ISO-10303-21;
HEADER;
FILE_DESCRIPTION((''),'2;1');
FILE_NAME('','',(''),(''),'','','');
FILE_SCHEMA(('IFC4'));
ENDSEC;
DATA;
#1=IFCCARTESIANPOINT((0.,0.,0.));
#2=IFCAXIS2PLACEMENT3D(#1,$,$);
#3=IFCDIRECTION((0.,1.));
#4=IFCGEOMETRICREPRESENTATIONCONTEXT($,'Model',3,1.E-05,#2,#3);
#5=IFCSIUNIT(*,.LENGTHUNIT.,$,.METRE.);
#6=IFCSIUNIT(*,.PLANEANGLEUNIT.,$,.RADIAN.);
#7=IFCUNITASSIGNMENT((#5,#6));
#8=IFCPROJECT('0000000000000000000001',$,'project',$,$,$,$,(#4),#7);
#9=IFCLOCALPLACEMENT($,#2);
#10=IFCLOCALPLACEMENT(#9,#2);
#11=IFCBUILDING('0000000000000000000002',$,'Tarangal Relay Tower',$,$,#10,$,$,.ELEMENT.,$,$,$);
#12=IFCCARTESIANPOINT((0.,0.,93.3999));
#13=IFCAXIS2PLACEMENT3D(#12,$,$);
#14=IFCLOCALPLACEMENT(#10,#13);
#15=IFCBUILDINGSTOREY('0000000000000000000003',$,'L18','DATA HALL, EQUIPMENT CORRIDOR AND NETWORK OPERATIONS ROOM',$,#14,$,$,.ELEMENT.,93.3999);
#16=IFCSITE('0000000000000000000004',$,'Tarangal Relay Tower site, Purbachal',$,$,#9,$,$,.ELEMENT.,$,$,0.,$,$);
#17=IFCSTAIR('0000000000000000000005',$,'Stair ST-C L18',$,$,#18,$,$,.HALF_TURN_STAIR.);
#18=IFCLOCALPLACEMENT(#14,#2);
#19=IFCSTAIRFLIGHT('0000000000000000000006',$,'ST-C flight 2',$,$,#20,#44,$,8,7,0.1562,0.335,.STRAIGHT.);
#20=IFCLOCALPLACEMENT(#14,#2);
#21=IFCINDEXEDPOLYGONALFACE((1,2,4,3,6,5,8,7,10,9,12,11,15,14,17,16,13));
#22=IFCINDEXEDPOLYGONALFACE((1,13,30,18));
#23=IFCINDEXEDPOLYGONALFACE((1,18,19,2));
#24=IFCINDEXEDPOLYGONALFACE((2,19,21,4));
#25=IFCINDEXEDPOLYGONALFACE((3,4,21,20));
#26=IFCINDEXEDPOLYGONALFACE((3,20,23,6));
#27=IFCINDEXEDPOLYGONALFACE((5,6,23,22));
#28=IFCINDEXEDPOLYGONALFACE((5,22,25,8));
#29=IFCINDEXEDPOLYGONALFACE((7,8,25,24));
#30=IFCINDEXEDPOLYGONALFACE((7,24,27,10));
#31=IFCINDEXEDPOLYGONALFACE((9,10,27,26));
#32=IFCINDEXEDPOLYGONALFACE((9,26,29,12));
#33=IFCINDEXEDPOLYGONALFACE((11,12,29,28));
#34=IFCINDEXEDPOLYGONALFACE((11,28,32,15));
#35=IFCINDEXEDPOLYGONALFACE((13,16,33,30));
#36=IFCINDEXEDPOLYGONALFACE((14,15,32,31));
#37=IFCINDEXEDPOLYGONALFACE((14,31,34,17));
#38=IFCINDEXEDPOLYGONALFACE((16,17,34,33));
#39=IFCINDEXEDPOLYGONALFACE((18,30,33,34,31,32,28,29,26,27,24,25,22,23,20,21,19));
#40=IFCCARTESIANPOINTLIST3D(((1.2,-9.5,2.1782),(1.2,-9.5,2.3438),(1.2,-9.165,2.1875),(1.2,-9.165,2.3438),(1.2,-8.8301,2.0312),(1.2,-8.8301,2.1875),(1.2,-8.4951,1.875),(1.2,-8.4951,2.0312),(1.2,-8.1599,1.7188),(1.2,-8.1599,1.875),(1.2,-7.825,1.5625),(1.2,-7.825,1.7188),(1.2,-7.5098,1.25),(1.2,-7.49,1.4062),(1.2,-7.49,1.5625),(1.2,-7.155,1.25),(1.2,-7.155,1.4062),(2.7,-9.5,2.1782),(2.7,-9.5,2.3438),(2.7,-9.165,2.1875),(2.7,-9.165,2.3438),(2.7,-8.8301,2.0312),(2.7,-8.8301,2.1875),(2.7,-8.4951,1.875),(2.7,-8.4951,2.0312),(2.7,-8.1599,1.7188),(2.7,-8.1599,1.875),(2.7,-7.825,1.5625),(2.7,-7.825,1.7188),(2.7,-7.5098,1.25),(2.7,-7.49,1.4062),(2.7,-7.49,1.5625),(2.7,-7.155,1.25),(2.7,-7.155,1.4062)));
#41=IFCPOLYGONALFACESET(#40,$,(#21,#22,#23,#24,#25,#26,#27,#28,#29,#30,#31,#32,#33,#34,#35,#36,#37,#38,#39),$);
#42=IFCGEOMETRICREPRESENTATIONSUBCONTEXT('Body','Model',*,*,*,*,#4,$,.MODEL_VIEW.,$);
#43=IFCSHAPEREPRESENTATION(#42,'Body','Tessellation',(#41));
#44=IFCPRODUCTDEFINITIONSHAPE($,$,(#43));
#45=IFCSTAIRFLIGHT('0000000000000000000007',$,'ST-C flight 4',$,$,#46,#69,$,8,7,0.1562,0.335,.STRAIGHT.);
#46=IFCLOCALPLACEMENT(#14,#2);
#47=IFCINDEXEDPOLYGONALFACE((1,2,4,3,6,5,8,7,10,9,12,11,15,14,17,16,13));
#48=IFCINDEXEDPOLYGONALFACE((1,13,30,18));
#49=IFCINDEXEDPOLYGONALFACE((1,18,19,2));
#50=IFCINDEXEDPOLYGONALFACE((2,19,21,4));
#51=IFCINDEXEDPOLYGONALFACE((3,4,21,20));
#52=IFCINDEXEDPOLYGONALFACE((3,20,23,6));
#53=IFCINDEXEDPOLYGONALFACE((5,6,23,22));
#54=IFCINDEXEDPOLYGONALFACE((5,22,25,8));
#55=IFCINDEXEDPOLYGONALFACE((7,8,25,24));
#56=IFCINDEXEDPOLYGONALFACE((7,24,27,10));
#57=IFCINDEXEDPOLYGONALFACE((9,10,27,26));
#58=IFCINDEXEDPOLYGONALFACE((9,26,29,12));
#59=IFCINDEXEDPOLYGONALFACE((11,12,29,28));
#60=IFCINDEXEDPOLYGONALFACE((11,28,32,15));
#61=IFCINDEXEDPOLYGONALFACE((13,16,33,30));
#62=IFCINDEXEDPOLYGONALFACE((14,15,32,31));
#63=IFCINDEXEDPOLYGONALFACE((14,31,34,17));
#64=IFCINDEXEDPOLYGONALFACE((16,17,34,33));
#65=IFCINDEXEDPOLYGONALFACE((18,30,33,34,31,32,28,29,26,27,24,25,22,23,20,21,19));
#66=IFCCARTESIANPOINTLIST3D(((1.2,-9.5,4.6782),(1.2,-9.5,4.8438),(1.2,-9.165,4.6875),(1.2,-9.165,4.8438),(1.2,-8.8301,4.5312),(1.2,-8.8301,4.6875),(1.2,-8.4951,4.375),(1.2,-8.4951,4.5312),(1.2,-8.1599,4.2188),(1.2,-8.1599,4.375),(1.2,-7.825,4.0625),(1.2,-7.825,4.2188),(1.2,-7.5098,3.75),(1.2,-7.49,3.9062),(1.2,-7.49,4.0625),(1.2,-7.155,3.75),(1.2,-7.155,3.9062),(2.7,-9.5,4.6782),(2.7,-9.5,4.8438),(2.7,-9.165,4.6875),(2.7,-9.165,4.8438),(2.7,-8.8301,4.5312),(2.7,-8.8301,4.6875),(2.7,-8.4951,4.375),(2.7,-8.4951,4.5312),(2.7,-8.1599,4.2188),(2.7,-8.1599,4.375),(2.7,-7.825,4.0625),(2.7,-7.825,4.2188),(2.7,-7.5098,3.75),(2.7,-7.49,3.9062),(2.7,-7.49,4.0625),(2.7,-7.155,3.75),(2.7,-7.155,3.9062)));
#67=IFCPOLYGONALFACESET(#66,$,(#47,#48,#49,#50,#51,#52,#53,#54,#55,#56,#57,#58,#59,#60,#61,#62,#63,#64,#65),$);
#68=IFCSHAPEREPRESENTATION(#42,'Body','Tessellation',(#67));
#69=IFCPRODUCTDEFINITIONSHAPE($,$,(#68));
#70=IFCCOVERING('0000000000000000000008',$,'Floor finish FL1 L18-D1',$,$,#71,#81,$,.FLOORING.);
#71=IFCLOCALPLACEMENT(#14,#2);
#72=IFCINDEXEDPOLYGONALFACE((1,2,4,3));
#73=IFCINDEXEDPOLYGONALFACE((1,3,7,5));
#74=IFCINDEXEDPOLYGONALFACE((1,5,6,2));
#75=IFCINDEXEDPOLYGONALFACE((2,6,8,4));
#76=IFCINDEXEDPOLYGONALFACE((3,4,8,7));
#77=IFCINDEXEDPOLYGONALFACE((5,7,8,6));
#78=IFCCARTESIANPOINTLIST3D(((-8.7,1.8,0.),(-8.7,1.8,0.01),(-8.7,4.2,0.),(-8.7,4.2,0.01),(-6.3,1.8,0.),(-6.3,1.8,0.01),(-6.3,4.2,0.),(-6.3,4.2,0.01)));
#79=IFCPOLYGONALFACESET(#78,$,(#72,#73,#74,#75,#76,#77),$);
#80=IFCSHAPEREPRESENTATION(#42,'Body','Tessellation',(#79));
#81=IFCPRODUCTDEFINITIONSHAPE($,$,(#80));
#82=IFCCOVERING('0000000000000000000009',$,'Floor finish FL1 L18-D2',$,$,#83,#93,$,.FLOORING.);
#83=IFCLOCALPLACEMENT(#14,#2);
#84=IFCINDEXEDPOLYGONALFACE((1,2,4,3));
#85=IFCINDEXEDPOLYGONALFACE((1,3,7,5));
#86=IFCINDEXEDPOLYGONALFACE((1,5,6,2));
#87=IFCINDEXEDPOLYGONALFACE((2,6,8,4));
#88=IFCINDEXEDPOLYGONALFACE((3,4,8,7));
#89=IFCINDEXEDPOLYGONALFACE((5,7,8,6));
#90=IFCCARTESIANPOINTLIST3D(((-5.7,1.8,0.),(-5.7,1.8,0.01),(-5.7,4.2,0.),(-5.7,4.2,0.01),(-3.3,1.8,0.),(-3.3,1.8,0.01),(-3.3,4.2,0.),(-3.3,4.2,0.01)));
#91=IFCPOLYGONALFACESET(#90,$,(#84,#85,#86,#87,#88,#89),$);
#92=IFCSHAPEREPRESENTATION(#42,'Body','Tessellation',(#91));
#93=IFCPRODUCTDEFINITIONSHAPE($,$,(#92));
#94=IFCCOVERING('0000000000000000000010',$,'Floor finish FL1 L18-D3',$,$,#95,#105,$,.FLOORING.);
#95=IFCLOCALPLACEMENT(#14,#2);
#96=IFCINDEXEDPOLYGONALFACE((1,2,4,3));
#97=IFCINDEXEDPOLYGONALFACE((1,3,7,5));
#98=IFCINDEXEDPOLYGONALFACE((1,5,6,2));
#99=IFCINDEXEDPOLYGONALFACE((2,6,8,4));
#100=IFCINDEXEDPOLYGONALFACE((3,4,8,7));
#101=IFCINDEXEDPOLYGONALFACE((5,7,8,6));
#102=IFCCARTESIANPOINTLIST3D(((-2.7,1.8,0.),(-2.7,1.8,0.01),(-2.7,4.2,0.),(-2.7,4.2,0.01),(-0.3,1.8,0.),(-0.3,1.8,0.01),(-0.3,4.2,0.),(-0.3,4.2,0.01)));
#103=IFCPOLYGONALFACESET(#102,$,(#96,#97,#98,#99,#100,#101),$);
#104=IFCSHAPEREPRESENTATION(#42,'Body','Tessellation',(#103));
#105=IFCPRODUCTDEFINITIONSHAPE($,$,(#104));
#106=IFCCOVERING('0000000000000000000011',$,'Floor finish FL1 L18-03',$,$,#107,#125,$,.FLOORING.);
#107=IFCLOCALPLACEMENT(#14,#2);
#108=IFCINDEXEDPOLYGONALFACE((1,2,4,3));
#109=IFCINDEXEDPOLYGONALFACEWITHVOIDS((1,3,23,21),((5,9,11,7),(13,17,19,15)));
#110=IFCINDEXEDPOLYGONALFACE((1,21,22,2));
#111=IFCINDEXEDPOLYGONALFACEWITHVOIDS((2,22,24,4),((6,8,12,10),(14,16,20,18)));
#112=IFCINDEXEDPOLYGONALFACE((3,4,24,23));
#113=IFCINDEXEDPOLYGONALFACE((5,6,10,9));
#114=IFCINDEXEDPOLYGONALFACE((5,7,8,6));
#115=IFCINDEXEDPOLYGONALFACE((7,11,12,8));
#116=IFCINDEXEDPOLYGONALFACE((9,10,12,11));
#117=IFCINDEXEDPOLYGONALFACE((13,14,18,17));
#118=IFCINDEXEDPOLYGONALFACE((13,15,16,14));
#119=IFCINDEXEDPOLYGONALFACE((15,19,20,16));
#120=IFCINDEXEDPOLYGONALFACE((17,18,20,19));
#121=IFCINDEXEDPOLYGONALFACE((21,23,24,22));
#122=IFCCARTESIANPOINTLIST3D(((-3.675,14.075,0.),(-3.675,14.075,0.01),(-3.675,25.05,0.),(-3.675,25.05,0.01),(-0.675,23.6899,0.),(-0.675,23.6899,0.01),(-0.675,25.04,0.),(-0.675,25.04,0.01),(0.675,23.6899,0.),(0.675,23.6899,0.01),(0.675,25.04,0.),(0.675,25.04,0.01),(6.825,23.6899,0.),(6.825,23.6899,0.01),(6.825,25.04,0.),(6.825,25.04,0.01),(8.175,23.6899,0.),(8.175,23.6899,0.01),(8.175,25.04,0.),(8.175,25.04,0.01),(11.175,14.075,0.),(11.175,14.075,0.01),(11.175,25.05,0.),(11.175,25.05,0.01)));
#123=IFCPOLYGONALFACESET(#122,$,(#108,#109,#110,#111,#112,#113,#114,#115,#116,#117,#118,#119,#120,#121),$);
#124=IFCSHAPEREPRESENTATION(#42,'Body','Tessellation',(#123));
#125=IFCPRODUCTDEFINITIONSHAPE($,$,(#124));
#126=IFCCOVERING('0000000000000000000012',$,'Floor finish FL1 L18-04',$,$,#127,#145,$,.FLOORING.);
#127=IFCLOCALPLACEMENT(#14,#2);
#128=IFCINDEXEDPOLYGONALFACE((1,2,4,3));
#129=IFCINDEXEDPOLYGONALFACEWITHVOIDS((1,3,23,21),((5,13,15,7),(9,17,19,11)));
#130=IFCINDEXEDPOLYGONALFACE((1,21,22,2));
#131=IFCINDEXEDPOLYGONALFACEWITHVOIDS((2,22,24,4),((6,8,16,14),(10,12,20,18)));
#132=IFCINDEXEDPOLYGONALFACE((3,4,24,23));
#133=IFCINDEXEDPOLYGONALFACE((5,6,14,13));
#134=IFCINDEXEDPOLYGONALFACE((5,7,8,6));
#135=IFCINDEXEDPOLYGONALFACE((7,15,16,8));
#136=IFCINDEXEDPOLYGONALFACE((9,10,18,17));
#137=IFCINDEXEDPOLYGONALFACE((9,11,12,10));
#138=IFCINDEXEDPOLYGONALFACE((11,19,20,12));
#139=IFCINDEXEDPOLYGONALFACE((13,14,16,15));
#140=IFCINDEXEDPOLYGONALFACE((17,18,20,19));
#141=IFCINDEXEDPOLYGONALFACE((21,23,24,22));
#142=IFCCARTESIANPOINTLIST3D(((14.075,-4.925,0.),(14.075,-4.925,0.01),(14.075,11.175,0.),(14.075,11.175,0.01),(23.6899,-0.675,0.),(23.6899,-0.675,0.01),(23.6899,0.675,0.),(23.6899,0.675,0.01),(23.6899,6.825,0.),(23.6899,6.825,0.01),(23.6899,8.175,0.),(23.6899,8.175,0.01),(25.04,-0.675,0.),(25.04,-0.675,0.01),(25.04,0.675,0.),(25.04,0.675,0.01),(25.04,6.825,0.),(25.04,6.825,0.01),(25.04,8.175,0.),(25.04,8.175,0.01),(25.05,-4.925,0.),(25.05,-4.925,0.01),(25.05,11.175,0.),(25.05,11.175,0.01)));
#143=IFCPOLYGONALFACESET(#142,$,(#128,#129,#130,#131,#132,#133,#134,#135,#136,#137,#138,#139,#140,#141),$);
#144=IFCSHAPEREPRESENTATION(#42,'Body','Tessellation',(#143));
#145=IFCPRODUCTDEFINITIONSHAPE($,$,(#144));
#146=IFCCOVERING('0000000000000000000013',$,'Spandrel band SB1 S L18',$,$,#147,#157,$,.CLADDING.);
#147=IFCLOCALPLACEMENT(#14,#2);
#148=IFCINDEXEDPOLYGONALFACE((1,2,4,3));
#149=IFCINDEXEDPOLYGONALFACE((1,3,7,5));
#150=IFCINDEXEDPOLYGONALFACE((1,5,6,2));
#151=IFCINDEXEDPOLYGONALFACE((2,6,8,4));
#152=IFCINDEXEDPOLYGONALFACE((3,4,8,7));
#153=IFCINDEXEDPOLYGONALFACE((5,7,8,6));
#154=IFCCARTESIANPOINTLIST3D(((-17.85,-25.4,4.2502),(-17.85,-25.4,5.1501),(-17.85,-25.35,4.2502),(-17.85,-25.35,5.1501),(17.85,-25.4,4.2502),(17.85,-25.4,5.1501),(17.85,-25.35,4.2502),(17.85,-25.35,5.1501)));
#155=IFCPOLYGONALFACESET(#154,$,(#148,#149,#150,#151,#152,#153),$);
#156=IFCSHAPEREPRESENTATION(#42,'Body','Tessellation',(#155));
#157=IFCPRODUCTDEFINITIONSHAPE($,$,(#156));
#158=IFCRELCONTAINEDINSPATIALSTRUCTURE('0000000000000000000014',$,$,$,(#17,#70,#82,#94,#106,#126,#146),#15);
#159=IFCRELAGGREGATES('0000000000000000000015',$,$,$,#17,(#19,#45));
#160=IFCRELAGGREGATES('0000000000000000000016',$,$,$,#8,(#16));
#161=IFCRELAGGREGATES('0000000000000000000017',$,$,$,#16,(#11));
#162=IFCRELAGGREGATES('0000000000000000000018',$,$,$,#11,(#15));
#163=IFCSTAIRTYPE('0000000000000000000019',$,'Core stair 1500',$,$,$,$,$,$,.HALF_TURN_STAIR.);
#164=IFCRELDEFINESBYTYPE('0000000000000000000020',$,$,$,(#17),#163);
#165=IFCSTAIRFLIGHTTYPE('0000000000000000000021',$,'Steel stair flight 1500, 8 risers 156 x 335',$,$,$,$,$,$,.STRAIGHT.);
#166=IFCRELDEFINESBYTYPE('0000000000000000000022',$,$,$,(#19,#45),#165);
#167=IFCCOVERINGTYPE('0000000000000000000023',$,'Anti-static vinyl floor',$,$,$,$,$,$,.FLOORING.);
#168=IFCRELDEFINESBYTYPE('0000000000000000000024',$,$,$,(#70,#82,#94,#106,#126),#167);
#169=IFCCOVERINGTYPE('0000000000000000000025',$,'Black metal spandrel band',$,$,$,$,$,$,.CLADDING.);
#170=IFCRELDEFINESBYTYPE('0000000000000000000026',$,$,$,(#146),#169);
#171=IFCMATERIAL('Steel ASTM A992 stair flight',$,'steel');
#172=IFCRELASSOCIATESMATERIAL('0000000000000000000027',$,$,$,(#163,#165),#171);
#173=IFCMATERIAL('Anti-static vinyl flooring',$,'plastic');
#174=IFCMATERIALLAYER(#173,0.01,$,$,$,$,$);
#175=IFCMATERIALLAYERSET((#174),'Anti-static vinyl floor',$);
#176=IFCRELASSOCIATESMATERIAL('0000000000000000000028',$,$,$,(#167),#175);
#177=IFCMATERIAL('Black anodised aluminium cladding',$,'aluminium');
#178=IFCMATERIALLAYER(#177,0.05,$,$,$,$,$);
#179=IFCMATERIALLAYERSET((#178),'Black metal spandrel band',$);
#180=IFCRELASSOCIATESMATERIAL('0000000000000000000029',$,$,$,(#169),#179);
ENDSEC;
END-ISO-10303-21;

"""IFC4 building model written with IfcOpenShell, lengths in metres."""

from ifc_helpers import new_model, si_unit, direction, frame, origin, origin_2d, place, context, subcontext, project, spatial, polyline, rectangle, outline, extrude, material, layer, layer_set, type_object, element, aggregate, save


model = new_model("IFC4")

# Units and contexts
model_context = context("Model", 3, precision=1e-05, world=origin(), true_north=direction((0.0, 1.0)))
body_context = subcontext(model_context, "Body", "Model", "MODEL_VIEW")
ifc_project = project(units=[si_unit("LENGTHUNIT", "METRE"), si_unit("PLANEANGLEUNIT", "RADIAN")], contexts=[model_context])

# Site, building, storey
site_placement = place(None, origin())
site = spatial("IfcSite", under=ifc_project, at=site_placement, Name="Tarangal Relay Tower site, Purbachal", CompositionType="ELEMENT", RefElevation=0.0)
building_placement = place(site_placement, origin())
building = spatial("IfcBuilding", under=site, at=building_placement, Name="Tarangal Relay Tower", CompositionType="ELEMENT")
storey_placement = place(building_placement, frame((0.0, 0.0, 93.3999)))
storey = spatial("IfcBuildingStorey", under=building, at=storey_placement, Name="L18", Description="DATA HALL, EQUIPMENT CORRIDOR AND NETWORK OPERATIONS ROOM", CompositionType="ELEMENT", Elevation=93.3999)

# Shared definitions
ifc_material_1 = material(Name="Steel ASTM A992 stair flight", Category="steel")
stair_type = type_object("IfcStairType", Name="Core stair 1500", PredefinedType="HALF_TURN_STAIR", material=ifc_material_1)

# Stair, stair flights
stair_1_placement = place(storey_placement, origin())
stair_1 = element("IfcStair", 1, at=stair_1_placement, inside=storey, type_object=stair_type, Name="Stair ST-C L18", PredefinedType="HALF_TURN_STAIR")
stair_flight_type = type_object("IfcStairFlightType", Name="Steel stair flight 1500, 8 risers 156 x 335", PredefinedType="STRAIGHT", material=ifc_material_1)
stair_flight_1_placement = place(storey_placement, frame((1.95, -7.155, 1.25), z_axis=(0.0, 0.0, 1.0), x_axis=(0.0, -1.0, 0.0)))
stair_flight_1 = element("IfcStairFlight", 2, at=stair_flight_1_placement, type_object=stair_flight_type, Name="ST-C flight 2", NumberOfRisers=8, NumberOfTreads=7, PredefinedType="STRAIGHT", RiserHeight=0.1562, TreadLength=0.335, context=body_context, shape_type="SweptSolid", body=[
    extrude(outline(polyline([(0.0, 0.0), (0.0, 0.1562), (0.335, 0.1562), (0.335, 0.3125), (0.6699, 0.3125), (0.6699, 0.4688), (1.0049, 0.4688), (1.0049, 0.625), (1.3401, 0.625), (1.3401, 0.7812), (1.675, 0.7812), (1.675, 0.9375), (2.01, 0.9375), (2.01, 1.0938), (2.345, 1.0938), (2.345, 1.25), (2.345, 0.9282), (0.3547, 0.0), (0.0, 0.0)])), frame((0.0, 0.75, 0.0), z_axis=(0.0, -1.0, 0.0), x_axis=(1.0, 0.0, 0.0)), (0.0, 0.0, 1.0), 1.5),
])
stair_flight_2_placement = place(storey_placement, frame((1.95, -7.155, 3.75), z_axis=(0.0, 0.0, 1.0), x_axis=(0.0, -1.0, 0.0)))
stair_flight_2 = element("IfcStairFlight", 3, at=stair_flight_2_placement, type_object=stair_flight_type, Name="ST-C flight 4", NumberOfRisers=8, NumberOfTreads=7, PredefinedType="STRAIGHT", RiserHeight=0.1562, TreadLength=0.335, context=body_context, shape_type="SweptSolid", body=[
    extrude(outline(polyline([(0.0, 0.0), (0.0, 0.1562), (0.335, 0.1562), (0.335, 0.3125), (0.6699, 0.3125), (0.6699, 0.4688), (1.0049, 0.4688), (1.0049, 0.625), (1.3401, 0.625), (1.3401, 0.7812), (1.675, 0.7812), (1.675, 0.9375), (2.01, 0.9375), (2.01, 1.0938), (2.345, 1.0938), (2.345, 1.25), (2.345, 0.9282), (0.3547, 0.0), (0.0, 0.0)])), frame((0.0, 0.75, 0.0), z_axis=(0.0, -1.0, 0.0), x_axis=(1.0, 0.0, 0.0)), (0.0, 0.0, 1.0), 1.5),
])
aggregate(stair_1, [stair_flight_1, stair_flight_2])

# Coverings
ifc_material_2 = material(Name="Anti-static vinyl flooring", Category="plastic")
ifc_layer_1 = layer(ifc_material_2, 0.01)
ifc_layer_set_1 = layer_set([ifc_layer_1], Name="Anti-static vinyl floor")
covering_type_1 = type_object("IfcCoveringType", Name="Anti-static vinyl floor", PredefinedType="FLOORING", material=ifc_layer_set_1)
covering_1_placement = place(storey_placement, origin())
element("IfcCovering", 4, at=covering_1_placement, inside=storey, type_object=covering_type_1, Name="Floor finish FL1 L18-D1", PredefinedType="FLOORING", context=body_context, shape_type="SweptSolid", body=[
    extrude(outline(polyline([(-8.7, 1.8), (-6.3, 1.8), (-6.3, 4.2), (-8.7, 4.2), (-8.7, 1.8)])), origin(), (0.0, 0.0, 1.0), 0.01),
])
covering_2_placement = place(storey_placement, origin())
element("IfcCovering", 5, at=covering_2_placement, inside=storey, type_object=covering_type_1, Name="Floor finish FL1 L18-D2", PredefinedType="FLOORING", context=body_context, shape_type="SweptSolid", body=[
    extrude(outline(polyline([(-5.7, 1.8), (-3.3, 1.8), (-3.3, 4.2), (-5.7, 4.2), (-5.7, 1.8)])), origin(), (0.0, 0.0, 1.0), 0.01),
])
covering_3_placement = place(storey_placement, origin())
element("IfcCovering", 6, at=covering_3_placement, inside=storey, type_object=covering_type_1, Name="Floor finish FL1 L18-D3", PredefinedType="FLOORING", context=body_context, shape_type="SweptSolid", body=[
    extrude(outline(polyline([(-2.7, 1.8), (-0.3, 1.8), (-0.3, 4.2), (-2.7, 4.2), (-2.7, 1.8)])), origin(), (0.0, 0.0, 1.0), 0.01),
])
covering_4_placement = place(storey_placement, origin())
element("IfcCovering", 7, at=covering_4_placement, inside=storey, type_object=covering_type_1, Name="Floor finish FL1 L18-03", PredefinedType="FLOORING", context=body_context, shape_type="SweptSolid", body=[
    extrude(outline(polyline([(11.175, 25.05), (-3.675, 25.05), (-3.675, 14.075), (11.175, 14.075), (11.175, 25.05)]), holes=[polyline([(0.675, 23.6899), (0.675, 25.04), (-0.675, 25.04), (-0.675, 23.6899), (0.675, 23.6899)]), polyline([(8.175, 23.6899), (8.175, 25.04), (6.825, 25.04), (6.825, 23.6899), (8.175, 23.6899)])]), origin(), (0.0, 0.0, 1.0), 0.01),
])
covering_5_placement = place(storey_placement, origin())
element("IfcCovering", 8, at=covering_5_placement, inside=storey, type_object=covering_type_1, Name="Floor finish FL1 L18-04", PredefinedType="FLOORING", context=body_context, shape_type="SweptSolid", body=[
    extrude(outline(polyline([(25.05, -4.925), (25.05, 11.175), (14.075, 11.175), (14.075, -4.925), (25.05, -4.925)]), holes=[polyline([(25.04, -0.675), (25.04, 0.675), (23.6899, 0.675), (23.6899, -0.675), (25.04, -0.675)]), polyline([(25.04, 6.825), (25.04, 8.175), (23.6899, 8.175), (23.6899, 6.825), (25.04, 6.825)])]), origin(), (0.0, 0.0, 1.0), 0.01),
])
ifc_material_3 = material(Name="Black anodised aluminium cladding", Category="aluminium")
ifc_layer_2 = layer(ifc_material_3, 0.05)
ifc_layer_set_2 = layer_set([ifc_layer_2], Name="Black metal spandrel band")
covering_type_2 = type_object("IfcCoveringType", Name="Black metal spandrel band", PredefinedType="CLADDING", material=ifc_layer_set_2)
covering_6_placement = place(storey_placement, frame((0.0, -25.375, 4.2502), z_axis=(0.0, 0.0, 1.0), x_axis=(-1.0, 0.0, 0.0)))
element("IfcCovering", 9, at=covering_6_placement, inside=storey, type_object=covering_type_2, Name="Spandrel band SB1 S L18", PredefinedType="CLADDING", context=body_context, shape_type="SweptSolid", body=[
    extrude(rectangle(XDim=35.7, YDim=0.05, at=origin_2d()), origin(), (0.0, 0.0, 1.0), 0.8999),
])

save(model, "model.ifc")
